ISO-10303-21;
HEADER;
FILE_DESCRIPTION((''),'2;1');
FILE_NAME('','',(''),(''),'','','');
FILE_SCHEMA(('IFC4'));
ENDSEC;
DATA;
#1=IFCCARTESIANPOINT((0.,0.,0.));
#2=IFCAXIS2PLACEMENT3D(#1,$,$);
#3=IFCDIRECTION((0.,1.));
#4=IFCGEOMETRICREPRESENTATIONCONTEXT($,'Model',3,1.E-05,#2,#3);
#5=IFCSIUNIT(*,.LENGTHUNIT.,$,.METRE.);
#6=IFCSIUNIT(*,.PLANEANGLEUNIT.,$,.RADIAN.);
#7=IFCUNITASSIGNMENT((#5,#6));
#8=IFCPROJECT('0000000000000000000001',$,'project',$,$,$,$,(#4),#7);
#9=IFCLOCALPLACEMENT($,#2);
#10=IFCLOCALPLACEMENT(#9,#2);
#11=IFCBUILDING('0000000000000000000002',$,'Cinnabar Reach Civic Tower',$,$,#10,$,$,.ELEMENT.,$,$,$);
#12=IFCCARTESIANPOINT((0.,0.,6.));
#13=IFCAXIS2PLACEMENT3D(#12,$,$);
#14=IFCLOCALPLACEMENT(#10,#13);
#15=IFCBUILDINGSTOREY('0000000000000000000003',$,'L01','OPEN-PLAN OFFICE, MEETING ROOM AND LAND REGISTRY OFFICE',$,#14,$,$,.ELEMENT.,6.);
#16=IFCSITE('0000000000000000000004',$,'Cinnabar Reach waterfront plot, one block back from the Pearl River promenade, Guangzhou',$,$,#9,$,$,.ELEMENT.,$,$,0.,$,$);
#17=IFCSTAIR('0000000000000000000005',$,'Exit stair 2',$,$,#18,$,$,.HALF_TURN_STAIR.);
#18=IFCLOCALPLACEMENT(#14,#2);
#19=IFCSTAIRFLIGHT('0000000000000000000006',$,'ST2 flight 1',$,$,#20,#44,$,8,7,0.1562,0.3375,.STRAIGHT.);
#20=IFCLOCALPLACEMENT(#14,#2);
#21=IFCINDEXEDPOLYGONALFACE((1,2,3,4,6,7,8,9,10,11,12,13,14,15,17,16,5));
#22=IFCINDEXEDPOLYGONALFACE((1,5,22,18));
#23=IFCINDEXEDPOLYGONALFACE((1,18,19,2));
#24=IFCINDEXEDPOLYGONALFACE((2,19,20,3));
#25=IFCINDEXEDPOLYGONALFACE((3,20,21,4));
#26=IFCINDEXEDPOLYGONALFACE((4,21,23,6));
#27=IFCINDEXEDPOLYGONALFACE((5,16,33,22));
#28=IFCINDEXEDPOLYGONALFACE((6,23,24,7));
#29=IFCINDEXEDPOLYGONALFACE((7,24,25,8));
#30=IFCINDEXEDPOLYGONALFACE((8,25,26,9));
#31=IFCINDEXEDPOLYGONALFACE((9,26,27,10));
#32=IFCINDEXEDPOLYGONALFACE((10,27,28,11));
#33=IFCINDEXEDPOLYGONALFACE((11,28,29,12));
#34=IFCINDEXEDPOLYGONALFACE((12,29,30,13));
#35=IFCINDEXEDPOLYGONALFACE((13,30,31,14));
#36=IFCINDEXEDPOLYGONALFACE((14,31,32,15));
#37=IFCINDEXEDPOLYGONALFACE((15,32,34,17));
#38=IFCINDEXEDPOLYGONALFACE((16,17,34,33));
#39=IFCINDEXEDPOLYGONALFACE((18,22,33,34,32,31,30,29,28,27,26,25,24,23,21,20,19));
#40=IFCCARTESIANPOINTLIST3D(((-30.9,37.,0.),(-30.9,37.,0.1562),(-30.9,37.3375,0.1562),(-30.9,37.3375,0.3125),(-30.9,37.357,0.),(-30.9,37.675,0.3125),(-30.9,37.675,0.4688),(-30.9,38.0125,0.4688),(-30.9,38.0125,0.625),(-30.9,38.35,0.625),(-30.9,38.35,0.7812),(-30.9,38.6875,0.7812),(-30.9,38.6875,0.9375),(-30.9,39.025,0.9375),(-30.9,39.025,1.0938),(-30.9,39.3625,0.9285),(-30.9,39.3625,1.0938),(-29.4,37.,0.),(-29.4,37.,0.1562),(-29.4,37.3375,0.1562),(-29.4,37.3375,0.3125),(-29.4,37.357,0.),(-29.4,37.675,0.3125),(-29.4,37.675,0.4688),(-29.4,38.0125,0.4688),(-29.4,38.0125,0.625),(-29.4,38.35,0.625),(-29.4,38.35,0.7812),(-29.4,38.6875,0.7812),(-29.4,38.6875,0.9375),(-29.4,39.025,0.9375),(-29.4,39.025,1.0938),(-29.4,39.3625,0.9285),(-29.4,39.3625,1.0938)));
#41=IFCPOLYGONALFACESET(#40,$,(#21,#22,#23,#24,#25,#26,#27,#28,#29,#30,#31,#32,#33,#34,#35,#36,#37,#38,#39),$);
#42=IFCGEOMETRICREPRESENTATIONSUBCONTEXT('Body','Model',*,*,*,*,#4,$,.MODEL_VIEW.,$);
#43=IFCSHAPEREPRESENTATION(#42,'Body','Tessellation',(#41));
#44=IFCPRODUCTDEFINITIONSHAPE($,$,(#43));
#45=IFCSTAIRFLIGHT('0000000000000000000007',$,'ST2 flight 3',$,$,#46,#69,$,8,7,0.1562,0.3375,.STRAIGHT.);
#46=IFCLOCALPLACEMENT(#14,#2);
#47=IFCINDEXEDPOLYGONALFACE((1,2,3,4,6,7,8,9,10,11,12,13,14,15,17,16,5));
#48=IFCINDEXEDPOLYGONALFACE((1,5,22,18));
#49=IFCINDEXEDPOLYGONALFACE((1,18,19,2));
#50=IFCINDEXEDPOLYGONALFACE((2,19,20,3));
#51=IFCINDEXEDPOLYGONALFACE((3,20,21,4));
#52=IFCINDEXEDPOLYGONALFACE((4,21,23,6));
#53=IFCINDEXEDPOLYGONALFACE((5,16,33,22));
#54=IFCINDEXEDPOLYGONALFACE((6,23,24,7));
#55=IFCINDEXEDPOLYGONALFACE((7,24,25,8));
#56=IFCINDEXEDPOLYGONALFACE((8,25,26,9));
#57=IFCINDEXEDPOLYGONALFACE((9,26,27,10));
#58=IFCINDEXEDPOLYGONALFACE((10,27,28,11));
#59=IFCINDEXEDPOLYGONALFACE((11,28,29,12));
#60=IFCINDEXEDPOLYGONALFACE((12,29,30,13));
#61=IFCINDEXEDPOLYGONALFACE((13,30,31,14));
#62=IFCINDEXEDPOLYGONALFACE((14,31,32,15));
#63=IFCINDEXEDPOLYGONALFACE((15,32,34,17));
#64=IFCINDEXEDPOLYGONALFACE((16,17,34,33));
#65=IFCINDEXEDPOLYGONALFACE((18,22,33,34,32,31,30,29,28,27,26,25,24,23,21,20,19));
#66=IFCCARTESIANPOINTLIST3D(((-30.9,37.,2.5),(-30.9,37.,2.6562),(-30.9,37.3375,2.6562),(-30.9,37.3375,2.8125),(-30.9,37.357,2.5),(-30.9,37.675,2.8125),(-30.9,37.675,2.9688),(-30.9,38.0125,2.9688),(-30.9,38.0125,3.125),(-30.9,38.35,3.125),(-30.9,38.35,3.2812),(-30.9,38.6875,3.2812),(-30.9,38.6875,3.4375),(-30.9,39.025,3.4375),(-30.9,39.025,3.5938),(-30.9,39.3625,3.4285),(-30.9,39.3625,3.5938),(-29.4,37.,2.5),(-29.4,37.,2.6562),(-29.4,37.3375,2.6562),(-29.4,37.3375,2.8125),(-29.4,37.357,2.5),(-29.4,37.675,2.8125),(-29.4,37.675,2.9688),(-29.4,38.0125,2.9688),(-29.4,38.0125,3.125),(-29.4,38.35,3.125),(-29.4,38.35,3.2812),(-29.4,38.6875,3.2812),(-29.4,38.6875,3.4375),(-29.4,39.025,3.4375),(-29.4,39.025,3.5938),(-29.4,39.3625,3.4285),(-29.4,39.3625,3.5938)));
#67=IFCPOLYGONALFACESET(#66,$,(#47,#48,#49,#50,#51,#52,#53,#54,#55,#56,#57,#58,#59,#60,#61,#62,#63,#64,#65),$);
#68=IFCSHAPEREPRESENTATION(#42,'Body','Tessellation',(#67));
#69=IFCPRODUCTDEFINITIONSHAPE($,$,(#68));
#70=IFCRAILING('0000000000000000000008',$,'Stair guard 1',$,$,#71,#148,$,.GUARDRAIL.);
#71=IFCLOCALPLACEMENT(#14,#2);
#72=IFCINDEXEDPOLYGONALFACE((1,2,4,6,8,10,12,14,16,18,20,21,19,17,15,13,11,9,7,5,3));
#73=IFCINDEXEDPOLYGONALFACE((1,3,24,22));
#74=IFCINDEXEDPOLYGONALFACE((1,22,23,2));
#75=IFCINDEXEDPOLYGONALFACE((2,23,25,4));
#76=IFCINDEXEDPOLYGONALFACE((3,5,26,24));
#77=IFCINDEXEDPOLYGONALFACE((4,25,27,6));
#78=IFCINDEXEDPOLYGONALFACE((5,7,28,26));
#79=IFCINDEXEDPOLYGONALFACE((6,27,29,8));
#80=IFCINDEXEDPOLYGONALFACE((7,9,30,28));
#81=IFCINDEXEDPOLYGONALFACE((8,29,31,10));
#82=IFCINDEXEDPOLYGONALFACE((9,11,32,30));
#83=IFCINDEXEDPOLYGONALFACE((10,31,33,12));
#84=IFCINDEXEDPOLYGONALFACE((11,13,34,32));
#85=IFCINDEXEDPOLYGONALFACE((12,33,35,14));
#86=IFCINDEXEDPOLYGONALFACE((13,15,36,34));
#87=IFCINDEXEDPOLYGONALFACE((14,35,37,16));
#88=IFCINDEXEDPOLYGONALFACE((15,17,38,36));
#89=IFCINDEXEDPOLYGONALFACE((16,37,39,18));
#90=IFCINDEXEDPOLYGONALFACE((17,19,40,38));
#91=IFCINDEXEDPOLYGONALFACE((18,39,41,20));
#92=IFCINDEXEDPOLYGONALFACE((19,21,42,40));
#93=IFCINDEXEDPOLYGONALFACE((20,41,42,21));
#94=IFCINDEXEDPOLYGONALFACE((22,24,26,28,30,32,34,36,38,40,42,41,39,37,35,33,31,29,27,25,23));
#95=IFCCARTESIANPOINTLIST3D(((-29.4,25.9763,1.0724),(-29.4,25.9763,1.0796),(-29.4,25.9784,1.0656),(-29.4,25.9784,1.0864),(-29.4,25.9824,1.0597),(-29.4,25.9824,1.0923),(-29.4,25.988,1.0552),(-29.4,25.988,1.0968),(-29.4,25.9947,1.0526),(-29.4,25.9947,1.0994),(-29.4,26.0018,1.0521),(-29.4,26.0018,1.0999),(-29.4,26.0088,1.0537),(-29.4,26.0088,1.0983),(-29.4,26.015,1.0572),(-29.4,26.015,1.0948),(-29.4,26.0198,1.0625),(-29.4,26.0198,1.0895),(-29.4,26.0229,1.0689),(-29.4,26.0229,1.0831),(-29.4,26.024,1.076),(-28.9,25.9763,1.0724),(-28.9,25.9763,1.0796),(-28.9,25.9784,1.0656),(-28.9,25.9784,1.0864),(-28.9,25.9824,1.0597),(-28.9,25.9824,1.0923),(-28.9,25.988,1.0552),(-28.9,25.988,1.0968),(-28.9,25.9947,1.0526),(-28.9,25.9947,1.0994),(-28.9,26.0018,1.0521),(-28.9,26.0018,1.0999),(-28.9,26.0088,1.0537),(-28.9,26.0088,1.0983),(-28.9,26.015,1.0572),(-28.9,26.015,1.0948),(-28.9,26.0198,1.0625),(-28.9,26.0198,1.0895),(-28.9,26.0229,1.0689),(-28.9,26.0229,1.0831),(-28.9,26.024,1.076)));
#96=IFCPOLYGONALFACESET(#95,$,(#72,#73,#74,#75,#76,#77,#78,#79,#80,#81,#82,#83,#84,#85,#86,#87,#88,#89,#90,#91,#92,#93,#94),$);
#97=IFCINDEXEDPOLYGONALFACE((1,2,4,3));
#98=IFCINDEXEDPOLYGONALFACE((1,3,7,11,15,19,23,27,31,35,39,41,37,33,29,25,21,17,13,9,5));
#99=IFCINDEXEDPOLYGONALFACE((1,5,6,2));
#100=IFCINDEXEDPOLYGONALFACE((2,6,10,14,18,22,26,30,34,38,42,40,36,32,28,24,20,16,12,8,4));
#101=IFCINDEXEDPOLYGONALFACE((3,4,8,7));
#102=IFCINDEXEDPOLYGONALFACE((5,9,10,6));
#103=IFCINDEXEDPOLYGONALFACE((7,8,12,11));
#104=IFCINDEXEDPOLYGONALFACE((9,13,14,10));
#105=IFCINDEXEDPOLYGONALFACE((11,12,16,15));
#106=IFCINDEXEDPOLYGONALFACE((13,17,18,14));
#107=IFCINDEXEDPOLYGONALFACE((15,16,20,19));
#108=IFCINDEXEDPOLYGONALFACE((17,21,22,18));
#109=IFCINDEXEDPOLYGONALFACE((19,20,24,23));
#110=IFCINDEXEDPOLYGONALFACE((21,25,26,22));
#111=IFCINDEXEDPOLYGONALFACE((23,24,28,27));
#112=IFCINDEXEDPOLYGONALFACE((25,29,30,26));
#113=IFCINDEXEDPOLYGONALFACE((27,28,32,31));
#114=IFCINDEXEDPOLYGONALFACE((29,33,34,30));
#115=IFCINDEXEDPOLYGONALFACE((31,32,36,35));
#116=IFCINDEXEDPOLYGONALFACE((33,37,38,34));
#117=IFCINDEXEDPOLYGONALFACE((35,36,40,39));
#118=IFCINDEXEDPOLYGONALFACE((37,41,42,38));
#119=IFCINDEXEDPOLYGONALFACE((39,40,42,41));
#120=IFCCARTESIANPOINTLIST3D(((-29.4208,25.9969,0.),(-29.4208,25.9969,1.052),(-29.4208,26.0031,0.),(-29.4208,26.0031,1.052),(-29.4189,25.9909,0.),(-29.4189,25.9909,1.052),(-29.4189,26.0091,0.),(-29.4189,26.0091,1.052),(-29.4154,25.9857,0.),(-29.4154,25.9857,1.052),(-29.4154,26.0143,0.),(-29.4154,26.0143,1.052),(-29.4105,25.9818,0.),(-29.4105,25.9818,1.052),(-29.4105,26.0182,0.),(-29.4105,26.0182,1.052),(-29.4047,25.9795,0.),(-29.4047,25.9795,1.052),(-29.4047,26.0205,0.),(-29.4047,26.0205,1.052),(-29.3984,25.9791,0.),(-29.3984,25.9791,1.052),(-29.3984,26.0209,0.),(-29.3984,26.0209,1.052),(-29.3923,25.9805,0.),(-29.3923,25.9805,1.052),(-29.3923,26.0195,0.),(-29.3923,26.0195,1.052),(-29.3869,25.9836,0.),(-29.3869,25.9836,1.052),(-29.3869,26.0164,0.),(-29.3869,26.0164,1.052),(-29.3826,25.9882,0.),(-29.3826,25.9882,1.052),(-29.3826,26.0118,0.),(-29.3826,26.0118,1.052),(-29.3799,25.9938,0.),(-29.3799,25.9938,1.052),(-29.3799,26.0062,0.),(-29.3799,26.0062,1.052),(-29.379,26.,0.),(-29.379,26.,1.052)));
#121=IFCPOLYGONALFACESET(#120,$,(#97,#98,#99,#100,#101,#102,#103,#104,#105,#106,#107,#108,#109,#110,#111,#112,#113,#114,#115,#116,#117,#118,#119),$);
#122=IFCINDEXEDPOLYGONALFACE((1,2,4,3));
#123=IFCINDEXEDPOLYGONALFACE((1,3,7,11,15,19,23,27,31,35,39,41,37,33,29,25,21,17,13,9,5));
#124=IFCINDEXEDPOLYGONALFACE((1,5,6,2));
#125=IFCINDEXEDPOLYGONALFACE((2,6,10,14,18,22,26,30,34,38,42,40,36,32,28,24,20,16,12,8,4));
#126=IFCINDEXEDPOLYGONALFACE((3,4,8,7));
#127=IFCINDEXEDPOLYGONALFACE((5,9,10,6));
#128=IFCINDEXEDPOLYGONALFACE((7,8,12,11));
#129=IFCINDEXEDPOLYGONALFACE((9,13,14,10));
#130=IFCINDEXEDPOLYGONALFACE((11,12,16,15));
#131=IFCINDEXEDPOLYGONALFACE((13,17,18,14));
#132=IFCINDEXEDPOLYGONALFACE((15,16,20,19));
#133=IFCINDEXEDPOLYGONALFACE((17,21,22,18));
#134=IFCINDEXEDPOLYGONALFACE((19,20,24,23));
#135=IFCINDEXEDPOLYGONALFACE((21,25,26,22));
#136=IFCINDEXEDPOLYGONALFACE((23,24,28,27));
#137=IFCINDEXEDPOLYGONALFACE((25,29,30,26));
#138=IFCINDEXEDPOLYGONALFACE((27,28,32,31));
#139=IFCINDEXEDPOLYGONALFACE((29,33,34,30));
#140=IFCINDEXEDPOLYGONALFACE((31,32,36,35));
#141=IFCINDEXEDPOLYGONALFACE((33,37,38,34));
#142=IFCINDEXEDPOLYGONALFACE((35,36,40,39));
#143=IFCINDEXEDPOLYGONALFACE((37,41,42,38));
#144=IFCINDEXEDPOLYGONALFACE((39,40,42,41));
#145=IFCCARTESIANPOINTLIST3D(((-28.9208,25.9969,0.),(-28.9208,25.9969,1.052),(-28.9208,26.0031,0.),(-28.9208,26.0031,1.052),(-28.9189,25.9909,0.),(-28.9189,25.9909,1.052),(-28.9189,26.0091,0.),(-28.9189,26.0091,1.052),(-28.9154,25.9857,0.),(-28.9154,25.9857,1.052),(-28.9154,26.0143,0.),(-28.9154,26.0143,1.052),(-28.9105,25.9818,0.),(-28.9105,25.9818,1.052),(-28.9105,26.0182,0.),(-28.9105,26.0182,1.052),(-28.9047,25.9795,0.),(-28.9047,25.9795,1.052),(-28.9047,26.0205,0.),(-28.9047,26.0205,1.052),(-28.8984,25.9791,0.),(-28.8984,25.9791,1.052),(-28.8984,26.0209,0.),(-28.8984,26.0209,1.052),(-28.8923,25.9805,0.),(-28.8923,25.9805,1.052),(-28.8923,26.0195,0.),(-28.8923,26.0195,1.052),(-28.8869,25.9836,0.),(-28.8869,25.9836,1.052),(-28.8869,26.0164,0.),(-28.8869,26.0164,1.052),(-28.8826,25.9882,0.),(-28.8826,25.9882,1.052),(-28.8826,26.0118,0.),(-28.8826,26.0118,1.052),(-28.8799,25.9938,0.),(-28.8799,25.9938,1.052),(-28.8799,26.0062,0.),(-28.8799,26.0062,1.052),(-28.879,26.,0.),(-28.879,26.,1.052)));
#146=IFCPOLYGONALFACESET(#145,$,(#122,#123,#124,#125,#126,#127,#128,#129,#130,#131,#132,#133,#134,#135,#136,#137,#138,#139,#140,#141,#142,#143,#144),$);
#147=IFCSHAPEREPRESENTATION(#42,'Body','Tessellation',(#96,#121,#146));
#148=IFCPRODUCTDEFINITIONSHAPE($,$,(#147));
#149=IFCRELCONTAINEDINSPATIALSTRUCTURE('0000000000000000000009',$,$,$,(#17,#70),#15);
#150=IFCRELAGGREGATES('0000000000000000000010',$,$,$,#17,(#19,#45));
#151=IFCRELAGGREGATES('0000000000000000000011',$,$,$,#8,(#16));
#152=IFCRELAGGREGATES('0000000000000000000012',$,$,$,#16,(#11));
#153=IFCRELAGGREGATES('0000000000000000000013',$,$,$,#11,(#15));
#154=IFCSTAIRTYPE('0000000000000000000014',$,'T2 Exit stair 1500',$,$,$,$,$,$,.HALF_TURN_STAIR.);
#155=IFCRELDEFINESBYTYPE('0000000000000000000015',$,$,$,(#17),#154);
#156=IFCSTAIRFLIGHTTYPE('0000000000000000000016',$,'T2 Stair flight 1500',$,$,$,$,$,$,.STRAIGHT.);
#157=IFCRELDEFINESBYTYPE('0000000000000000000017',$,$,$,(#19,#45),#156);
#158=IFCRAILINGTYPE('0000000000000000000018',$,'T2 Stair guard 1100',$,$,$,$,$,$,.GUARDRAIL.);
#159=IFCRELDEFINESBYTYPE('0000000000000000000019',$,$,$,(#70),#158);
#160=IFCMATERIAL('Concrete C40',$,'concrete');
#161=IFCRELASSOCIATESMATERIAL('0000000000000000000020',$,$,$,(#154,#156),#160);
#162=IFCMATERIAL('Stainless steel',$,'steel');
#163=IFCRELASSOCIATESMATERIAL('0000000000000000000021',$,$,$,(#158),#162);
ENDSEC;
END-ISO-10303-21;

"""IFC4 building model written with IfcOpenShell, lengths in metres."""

from ifc_helpers import new_model, si_unit, direction, frame, origin, origin_2d, place, context, subcontext, project, spatial, polyline, circle, outline, extrude, material, type_object, element, aggregate, save


model = new_model("IFC4")

# Units and contexts
model_context = context("Model", 3, precision=1e-05, world=origin(), true_north=direction((0.0, 1.0)))
body_context = subcontext(model_context, "Body", "Model", "MODEL_VIEW")
ifc_project = project(units=[si_unit("LENGTHUNIT", "METRE"), si_unit("PLANEANGLEUNIT", "RADIAN")], contexts=[model_context])

# Site, building, storey
site_placement = place(None, origin())
site = spatial("IfcSite", under=ifc_project, at=site_placement, Name="Cinnabar Reach waterfront plot, one block back from the Pearl River promenade, Guangzhou", CompositionType="ELEMENT", RefElevation=0.0)
building_placement = place(site_placement, origin())
building = spatial("IfcBuilding", under=site, at=building_placement, Name="Cinnabar Reach Civic Tower", CompositionType="ELEMENT")
storey_placement = place(building_placement, frame((0.0, 0.0, 6.0)))
storey = spatial("IfcBuildingStorey", under=building, at=storey_placement, Name="L01", Description="OPEN-PLAN OFFICE, MEETING ROOM AND LAND REGISTRY OFFICE", CompositionType="ELEMENT", Elevation=6.0)

# Shared definitions
ifc_material_1 = material(Name="Concrete C40", Category="concrete")

# Stair, stair flights
stair_type = type_object("IfcStairType", Name="T2 Exit stair 1500", PredefinedType="HALF_TURN_STAIR", material=ifc_material_1)
stair_flight_type = type_object("IfcStairFlightType", Name="T2 Stair flight 1500", PredefinedType="STRAIGHT", material=ifc_material_1)
stair_1_placement = place(storey_placement, origin())
stair_1 = element("IfcStair", 1, at=stair_1_placement, inside=storey, type_object=stair_type, Name="Exit stair 2", PredefinedType="HALF_TURN_STAIR")
stair_flight_1_placement = place(storey_placement, frame((-30.15, 37.0, 0.0), z_axis=(0.0, 0.0, 1.0), x_axis=(0.0, 1.0, 0.0)))
stair_flight_1 = element("IfcStairFlight", 2, at=stair_flight_1_placement, type_object=stair_flight_type, Name="ST2 flight 1", NumberOfRisers=8, NumberOfTreads=7, PredefinedType="STRAIGHT", RiserHeight=0.1562, TreadLength=0.3375, context=body_context, shape_type="SweptSolid", body=[
    extrude(outline(polyline([(0.0, 0.0), (0.0, 0.1562), (0.3375, 0.1562), (0.3375, 0.3125), (0.675, 0.3125), (0.675, 0.4688), (1.0125, 0.4688), (1.0125, 0.625), (1.35, 0.625), (1.35, 0.7812), (1.6875, 0.7812), (1.6875, 0.9375), (2.025, 0.9375), (2.025, 1.0938), (2.3625, 1.0938), (2.3625, 1.25), (2.3625, 0.9285), (0.357, 0.0), (0.0, 0.0)])), frame((0.0, 0.75, 0.0), z_axis=(0.0, -1.0, 0.0), x_axis=(1.0, 0.0, 0.0)), (0.0, 0.0, 1.0), 1.5),
])
stair_flight_2_placement = place(storey_placement, frame((-30.15, 37.0, 2.5), z_axis=(0.0, 0.0, 1.0), x_axis=(0.0, 1.0, 0.0)))
stair_flight_2 = element("IfcStairFlight", 3, at=stair_flight_2_placement, type_object=stair_flight_type, Name="ST2 flight 3", NumberOfRisers=8, NumberOfTreads=7, PredefinedType="STRAIGHT", RiserHeight=0.1562, TreadLength=0.3375, context=body_context, shape_type="SweptSolid", body=[
    extrude(outline(polyline([(0.0, 0.0), (0.0, 0.1562), (0.3375, 0.1562), (0.3375, 0.3125), (0.675, 0.3125), (0.675, 0.4688), (1.0125, 0.4688), (1.0125, 0.625), (1.35, 0.625), (1.35, 0.7812), (1.6875, 0.7812), (1.6875, 0.9375), (2.025, 0.9375), (2.025, 1.0938), (2.3625, 1.0938), (2.3625, 1.25), (2.3625, 0.9285), (0.357, 0.0), (0.0, 0.0)])), frame((0.0, 0.75, 0.0), z_axis=(0.0, -1.0, 0.0), x_axis=(1.0, 0.0, 0.0)), (0.0, 0.0, 1.0), 1.5),
])
aggregate(stair_1, [stair_flight_1, stair_flight_2])

# Railing
ifc_material_2 = material(Name="Stainless steel", Category="steel")
railing_type = type_object("IfcRailingType", Name="T2 Stair guard 1100", PredefinedType="GUARDRAIL", material=ifc_material_2)
railing_1_placement = place(storey_placement, frame((-29.4, 26.0, 0.0)))
element("IfcRailing", 4, at=railing_1_placement, inside=storey, type_object=railing_type, Name="Stair guard 1", PredefinedType="GUARDRAIL", context=body_context, shape_type="SweptSolid", body=[
    extrude(circle(Radius=0.024, at=origin_2d()), frame((0.0, 0.0, 1.076), z_axis=(1.0, 0.0, 0.0), x_axis=(0.0, 1.0, 0.0)), (0.0, 0.0, 1.0), 0.5),
    extrude(circle(Radius=0.021, at=origin_2d()), origin(), (0.0, 0.0, 1.0), 1.052),
    extrude(circle(Radius=0.021, at=origin_2d()), frame((0.5, 0.0, 0.0)), (0.0, 0.0, 1.0), 1.052),
])

save(model, "model.ifc")
